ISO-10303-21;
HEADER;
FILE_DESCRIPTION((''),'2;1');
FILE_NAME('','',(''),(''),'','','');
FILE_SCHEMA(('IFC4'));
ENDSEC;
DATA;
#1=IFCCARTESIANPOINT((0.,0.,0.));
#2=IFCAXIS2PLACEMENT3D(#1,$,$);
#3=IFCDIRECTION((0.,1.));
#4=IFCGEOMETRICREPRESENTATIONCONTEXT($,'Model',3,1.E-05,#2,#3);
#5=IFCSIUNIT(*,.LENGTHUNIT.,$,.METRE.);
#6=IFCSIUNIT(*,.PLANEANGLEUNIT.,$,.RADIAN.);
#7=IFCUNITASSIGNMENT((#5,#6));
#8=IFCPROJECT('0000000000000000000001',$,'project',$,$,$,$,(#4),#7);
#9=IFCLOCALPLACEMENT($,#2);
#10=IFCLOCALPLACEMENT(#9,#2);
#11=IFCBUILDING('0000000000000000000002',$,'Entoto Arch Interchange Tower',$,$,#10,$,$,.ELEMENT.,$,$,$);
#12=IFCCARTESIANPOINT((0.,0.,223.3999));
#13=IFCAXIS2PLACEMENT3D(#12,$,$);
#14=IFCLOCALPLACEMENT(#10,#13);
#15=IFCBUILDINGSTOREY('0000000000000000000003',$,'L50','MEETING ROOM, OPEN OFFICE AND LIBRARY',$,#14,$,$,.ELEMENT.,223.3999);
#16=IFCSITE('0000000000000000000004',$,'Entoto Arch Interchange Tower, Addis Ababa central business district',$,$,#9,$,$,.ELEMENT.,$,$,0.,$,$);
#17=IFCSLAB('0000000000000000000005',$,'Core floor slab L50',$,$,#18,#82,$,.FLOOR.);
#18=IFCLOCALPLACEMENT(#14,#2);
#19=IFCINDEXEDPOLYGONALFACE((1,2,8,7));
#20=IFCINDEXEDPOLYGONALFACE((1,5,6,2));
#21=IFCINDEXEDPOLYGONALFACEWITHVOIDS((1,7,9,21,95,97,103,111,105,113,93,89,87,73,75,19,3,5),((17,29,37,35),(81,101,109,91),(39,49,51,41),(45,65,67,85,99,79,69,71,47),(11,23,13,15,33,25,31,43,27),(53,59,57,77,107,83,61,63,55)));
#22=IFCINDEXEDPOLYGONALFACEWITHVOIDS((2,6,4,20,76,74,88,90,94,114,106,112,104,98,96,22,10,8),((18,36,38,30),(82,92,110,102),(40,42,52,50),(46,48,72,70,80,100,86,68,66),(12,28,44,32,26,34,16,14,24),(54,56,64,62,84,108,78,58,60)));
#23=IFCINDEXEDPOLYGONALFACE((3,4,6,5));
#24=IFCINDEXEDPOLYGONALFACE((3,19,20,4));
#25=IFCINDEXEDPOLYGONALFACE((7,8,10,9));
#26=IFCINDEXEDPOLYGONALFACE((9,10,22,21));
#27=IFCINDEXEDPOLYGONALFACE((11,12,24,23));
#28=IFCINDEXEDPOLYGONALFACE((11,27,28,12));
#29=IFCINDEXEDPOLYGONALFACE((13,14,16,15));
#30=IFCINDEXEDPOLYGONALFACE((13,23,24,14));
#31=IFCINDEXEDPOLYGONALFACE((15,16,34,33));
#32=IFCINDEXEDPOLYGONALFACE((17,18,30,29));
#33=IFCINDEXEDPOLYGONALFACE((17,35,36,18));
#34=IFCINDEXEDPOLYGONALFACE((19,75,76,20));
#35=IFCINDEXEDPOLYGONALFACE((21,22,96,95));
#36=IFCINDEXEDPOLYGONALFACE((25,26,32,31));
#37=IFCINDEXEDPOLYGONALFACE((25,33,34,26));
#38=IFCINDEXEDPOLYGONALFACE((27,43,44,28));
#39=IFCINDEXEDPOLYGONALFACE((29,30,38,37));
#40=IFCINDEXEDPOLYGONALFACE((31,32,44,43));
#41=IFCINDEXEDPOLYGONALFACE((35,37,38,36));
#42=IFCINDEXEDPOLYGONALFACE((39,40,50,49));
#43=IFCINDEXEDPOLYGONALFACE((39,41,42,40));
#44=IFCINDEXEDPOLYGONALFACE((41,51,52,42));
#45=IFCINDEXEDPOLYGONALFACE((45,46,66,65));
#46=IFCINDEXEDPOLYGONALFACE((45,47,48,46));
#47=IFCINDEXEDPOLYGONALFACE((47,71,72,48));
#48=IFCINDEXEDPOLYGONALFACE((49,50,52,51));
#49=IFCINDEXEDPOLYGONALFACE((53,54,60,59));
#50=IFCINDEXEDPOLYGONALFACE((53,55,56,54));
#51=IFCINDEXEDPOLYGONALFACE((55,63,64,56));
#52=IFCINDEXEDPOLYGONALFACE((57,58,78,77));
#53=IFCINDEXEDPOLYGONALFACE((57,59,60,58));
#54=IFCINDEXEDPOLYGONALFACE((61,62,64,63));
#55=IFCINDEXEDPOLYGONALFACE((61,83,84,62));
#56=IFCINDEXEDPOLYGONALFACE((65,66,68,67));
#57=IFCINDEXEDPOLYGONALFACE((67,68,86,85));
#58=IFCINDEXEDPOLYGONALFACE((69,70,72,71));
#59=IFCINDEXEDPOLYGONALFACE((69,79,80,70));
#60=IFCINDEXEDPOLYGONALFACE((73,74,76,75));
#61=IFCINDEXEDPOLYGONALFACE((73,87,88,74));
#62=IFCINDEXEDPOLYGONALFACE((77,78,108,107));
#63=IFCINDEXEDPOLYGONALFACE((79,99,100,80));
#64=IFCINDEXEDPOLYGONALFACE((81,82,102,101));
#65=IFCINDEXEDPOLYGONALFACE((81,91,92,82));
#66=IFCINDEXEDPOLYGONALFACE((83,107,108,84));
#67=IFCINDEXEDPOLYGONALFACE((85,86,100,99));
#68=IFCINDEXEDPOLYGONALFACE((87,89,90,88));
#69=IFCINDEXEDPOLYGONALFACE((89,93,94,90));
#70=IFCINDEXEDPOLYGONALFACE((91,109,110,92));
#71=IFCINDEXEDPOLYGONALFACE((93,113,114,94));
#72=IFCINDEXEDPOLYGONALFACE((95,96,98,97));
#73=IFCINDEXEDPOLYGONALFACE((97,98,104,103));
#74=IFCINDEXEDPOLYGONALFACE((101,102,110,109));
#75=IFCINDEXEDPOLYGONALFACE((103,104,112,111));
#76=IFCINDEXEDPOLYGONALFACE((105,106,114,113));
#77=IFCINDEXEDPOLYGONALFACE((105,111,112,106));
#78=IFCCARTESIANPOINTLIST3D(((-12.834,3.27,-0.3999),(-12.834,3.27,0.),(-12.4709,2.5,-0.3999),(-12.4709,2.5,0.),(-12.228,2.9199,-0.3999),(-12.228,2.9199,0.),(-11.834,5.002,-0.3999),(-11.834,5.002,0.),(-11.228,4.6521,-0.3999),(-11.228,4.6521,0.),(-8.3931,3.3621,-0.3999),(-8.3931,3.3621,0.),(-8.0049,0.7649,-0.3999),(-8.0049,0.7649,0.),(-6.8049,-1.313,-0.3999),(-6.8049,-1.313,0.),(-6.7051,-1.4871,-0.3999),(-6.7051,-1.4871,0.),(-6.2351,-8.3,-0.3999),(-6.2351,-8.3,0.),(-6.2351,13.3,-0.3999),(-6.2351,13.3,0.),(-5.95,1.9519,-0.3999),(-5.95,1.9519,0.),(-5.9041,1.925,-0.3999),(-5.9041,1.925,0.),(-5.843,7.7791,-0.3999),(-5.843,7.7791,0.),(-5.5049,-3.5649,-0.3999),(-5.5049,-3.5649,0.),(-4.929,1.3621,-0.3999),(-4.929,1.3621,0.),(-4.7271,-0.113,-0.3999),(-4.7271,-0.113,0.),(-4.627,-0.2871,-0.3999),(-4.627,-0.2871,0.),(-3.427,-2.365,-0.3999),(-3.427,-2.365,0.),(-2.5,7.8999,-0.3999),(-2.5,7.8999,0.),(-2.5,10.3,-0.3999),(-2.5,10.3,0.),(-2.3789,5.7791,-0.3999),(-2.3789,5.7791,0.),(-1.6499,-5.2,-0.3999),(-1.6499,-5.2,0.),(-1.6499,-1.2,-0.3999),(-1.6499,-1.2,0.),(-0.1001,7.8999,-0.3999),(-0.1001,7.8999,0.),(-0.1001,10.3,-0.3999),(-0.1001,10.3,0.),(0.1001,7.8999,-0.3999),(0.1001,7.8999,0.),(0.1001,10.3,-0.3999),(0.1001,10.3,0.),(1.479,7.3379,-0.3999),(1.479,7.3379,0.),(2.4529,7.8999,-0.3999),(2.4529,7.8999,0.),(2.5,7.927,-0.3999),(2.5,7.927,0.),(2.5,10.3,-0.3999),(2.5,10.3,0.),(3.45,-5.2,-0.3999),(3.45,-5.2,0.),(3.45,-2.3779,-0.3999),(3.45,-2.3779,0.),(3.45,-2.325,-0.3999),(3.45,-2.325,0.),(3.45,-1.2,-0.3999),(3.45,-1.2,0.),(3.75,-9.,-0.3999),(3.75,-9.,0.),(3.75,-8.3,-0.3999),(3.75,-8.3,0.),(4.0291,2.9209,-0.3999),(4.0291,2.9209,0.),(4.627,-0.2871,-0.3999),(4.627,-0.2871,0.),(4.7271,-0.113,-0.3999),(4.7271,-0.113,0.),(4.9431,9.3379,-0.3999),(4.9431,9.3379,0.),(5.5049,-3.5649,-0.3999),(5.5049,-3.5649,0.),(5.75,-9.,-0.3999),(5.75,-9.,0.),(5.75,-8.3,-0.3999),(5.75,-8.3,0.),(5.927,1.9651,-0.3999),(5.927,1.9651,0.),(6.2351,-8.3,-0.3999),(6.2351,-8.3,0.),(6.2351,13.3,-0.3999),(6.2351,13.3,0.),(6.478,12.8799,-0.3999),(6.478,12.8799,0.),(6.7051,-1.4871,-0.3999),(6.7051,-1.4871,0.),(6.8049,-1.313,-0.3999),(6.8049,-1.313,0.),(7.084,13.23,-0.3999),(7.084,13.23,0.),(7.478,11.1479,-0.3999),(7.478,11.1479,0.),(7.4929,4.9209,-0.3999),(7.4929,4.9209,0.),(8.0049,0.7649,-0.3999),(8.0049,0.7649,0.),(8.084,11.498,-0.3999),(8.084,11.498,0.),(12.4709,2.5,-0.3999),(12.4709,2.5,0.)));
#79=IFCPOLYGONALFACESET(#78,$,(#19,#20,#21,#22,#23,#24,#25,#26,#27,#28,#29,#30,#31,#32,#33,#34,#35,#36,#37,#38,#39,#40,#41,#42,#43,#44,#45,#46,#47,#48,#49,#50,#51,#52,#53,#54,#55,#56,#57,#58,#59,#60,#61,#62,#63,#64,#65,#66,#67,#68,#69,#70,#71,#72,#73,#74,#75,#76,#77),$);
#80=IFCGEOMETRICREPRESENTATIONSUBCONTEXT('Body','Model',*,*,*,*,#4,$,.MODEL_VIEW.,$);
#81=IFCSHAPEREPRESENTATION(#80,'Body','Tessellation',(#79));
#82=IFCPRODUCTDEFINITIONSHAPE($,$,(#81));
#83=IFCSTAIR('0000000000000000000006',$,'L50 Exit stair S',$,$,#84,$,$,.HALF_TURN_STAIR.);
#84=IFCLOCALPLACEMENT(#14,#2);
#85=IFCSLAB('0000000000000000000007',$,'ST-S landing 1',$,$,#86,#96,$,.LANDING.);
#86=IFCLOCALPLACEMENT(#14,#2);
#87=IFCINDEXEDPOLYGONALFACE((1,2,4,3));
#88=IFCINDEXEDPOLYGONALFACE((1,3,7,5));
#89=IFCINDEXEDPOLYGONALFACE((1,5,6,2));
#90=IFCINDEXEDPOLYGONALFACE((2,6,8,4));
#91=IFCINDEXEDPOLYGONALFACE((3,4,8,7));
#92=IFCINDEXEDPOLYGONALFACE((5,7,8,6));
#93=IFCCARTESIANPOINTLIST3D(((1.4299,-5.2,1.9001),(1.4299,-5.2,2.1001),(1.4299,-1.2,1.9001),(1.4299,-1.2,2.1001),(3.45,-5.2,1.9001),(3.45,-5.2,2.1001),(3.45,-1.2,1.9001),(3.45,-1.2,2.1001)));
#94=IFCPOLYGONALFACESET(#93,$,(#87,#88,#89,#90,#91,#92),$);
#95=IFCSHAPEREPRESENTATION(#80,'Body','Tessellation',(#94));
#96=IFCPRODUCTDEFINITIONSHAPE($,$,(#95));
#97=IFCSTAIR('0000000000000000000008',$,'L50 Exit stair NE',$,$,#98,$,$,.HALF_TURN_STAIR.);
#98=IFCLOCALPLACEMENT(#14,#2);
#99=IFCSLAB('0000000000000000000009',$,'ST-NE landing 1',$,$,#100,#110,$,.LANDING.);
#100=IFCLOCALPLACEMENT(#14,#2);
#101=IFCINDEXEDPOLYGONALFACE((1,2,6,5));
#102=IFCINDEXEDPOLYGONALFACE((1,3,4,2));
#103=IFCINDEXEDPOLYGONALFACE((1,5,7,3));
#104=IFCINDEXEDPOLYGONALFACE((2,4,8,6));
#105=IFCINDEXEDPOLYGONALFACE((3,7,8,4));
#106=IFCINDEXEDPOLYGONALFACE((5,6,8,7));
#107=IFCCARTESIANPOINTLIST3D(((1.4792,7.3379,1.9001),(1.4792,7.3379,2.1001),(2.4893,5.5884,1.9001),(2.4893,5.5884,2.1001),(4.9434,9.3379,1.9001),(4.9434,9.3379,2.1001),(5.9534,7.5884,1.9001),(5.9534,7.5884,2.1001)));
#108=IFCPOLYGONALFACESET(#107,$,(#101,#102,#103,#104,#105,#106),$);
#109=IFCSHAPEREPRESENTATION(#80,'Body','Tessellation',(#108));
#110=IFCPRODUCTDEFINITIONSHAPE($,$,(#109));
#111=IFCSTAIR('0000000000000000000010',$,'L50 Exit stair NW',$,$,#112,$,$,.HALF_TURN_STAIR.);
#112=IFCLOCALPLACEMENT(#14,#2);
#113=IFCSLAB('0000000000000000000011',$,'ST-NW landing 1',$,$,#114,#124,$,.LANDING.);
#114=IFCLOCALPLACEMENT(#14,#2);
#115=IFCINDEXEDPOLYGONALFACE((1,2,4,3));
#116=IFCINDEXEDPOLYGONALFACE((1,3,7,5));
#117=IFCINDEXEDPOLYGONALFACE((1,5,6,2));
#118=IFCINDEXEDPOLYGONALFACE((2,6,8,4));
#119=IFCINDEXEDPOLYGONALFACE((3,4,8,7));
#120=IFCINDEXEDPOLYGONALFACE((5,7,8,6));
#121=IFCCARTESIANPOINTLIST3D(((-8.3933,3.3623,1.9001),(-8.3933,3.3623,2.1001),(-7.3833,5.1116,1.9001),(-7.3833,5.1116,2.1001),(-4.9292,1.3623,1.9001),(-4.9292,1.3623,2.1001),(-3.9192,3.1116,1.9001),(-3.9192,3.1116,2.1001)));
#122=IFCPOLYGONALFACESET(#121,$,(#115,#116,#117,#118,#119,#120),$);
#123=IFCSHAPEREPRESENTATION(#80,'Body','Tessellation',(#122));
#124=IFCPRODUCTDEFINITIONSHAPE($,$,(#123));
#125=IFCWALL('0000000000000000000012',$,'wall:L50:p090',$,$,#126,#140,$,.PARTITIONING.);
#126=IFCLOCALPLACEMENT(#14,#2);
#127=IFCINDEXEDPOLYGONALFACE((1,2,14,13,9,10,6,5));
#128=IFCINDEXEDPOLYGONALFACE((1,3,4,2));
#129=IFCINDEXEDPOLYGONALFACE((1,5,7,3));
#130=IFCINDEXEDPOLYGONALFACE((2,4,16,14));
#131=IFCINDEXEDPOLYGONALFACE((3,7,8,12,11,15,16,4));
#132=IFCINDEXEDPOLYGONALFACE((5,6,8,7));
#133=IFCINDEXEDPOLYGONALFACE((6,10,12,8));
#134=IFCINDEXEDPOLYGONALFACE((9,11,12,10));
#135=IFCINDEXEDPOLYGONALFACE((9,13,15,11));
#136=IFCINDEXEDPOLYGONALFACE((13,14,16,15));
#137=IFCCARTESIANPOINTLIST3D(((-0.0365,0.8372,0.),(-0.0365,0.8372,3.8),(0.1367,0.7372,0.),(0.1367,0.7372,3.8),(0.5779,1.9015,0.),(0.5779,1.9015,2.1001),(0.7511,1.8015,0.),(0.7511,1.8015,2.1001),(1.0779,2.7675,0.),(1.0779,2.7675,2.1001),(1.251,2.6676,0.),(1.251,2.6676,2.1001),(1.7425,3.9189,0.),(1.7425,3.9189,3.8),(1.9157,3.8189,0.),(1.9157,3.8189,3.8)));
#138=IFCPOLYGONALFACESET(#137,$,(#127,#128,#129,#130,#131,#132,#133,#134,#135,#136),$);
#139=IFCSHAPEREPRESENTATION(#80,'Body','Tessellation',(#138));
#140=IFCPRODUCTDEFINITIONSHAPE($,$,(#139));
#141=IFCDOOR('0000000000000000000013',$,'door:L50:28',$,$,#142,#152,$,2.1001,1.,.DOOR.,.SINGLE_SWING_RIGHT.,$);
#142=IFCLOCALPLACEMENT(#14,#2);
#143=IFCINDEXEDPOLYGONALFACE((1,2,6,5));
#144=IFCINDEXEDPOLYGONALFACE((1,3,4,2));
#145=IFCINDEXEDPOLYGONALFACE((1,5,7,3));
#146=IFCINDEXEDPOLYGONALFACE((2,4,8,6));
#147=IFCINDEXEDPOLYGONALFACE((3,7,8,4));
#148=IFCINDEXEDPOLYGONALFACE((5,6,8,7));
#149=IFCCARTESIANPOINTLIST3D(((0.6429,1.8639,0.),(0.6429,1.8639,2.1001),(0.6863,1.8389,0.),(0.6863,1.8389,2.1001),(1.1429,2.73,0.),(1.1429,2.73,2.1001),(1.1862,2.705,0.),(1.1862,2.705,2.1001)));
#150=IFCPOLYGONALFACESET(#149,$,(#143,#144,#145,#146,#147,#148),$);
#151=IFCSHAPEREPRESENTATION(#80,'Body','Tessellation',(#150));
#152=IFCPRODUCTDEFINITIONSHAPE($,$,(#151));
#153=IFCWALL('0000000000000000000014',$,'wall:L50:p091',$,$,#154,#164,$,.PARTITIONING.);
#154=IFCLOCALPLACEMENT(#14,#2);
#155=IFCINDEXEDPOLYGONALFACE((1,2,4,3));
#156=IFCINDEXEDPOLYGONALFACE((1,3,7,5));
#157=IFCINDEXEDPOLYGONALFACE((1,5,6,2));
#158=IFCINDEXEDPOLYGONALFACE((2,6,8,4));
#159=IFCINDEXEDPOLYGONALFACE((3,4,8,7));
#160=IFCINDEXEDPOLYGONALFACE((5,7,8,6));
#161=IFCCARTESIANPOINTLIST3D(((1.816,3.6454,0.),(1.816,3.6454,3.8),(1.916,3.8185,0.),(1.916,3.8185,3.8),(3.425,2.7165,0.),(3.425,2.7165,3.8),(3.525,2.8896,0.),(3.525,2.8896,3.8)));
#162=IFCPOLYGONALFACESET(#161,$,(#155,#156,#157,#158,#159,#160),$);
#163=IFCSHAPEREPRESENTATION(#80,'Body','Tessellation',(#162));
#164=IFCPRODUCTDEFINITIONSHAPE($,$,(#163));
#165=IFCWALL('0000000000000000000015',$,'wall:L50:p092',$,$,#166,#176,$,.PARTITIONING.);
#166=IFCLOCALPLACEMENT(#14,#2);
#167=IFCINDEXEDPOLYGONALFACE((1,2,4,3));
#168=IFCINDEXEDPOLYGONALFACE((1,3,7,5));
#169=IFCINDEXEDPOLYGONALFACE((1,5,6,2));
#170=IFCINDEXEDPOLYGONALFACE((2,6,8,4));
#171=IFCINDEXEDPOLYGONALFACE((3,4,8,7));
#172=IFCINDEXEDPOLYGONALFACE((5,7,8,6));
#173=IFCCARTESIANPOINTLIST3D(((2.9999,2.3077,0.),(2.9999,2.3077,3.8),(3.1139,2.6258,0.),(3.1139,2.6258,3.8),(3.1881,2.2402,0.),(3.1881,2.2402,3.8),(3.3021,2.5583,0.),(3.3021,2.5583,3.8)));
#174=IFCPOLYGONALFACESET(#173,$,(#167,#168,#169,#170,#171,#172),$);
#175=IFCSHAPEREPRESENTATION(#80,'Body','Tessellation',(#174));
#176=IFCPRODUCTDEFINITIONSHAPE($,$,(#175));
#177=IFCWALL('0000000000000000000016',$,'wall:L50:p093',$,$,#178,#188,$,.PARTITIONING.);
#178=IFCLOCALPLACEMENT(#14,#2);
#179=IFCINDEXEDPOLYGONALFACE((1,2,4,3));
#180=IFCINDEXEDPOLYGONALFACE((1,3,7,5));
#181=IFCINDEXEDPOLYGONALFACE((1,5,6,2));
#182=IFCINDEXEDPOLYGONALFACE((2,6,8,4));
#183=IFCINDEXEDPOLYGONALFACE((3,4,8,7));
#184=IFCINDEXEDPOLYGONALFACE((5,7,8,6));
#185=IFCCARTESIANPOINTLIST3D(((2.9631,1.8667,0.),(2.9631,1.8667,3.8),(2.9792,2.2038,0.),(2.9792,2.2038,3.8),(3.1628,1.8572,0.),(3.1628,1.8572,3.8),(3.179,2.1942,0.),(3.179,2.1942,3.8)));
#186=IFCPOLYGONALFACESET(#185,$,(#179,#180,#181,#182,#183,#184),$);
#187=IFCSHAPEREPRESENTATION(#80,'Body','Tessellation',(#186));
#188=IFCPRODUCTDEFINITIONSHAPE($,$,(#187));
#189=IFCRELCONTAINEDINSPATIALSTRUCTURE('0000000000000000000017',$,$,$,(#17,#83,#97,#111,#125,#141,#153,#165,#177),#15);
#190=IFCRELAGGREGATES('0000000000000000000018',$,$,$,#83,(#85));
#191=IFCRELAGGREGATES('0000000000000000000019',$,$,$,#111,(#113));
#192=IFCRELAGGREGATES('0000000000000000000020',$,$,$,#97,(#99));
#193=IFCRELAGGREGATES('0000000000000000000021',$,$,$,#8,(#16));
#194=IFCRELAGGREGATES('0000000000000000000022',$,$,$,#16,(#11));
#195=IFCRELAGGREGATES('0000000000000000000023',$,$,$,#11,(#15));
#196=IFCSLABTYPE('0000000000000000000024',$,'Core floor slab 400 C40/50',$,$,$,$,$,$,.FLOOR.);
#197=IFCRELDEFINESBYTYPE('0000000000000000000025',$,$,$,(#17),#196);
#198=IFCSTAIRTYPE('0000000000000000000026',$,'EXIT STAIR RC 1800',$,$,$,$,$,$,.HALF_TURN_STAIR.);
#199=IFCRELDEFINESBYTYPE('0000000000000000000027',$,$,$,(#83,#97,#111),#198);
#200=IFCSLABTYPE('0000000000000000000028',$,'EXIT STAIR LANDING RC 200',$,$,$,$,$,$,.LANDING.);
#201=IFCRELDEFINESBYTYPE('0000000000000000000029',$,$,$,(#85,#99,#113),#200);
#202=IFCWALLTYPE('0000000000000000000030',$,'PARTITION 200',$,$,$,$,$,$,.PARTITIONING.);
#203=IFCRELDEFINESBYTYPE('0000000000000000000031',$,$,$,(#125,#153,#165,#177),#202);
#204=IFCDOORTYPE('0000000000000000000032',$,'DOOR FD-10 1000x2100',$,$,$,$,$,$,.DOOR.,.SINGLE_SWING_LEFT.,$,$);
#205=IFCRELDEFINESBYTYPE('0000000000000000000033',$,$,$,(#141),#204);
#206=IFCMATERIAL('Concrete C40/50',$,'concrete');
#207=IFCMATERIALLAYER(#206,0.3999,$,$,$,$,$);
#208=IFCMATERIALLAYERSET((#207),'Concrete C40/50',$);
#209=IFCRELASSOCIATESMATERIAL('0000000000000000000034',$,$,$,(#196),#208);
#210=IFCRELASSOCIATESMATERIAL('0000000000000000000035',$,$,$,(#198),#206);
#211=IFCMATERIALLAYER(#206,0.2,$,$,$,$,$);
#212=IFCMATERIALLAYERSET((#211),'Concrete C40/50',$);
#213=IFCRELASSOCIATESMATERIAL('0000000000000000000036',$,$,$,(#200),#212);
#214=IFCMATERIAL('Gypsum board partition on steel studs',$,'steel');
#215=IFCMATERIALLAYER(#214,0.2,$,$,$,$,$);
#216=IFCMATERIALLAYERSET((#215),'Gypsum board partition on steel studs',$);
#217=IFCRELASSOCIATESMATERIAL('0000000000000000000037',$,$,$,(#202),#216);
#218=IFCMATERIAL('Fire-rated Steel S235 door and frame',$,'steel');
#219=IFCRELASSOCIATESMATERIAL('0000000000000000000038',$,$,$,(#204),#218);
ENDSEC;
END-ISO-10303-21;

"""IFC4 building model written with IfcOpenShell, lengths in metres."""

from ifc_helpers import new_model, si_unit, direction, frame, frame_2d, origin, place, context, subcontext, project, spatial, polyline, rectangle, outline, extrude, material, layer, layer_set, type_object, element, fill, aggregate, save


model = new_model("IFC4")

# Units and contexts
model_context = context("Model", 3, precision=1e-05, world=origin(), true_north=direction((0.0, 1.0)))
body_context = subcontext(model_context, "Body", "Model", "MODEL_VIEW")
ifc_project = project(units=[si_unit("LENGTHUNIT", "METRE"), si_unit("PLANEANGLEUNIT", "RADIAN")], contexts=[model_context])

# Site, building, storey
site_placement = place(None, origin())
site = spatial("IfcSite", under=ifc_project, at=site_placement, Name="Entoto Arch Interchange Tower, Addis Ababa central business district", CompositionType="ELEMENT", RefElevation=0.0)
building_placement = place(site_placement, origin())
building = spatial("IfcBuilding", under=site, at=building_placement, Name="Entoto Arch Interchange Tower", CompositionType="ELEMENT")
storey_placement = place(building_placement, frame((0.0, 0.0, 223.3999)))
storey = spatial("IfcBuildingStorey", under=building, at=storey_placement, Name="L50", Description="MEETING ROOM, OPEN OFFICE AND LIBRARY", CompositionType="ELEMENT", Elevation=223.3999)

# Slab
ifc_material_1 = material(Name="Concrete C40/50", Category="concrete")
ifc_layer_1 = layer(ifc_material_1, 0.3999)
ifc_layer_set_1 = layer_set([ifc_layer_1], Name="Concrete C40/50")
slab_type_1 = type_object("IfcSlabType", Name="Core floor slab 400 C40/50", PredefinedType="FLOOR", material=ifc_layer_set_1)
slab_1_placement = place(storey_placement, frame((0.0, 0.0, -0.3999)))
element("IfcSlab", 1, at=slab_1_placement, inside=storey, type_object=slab_type_1, Name="Core floor slab L50", PredefinedType="FLOOR", context=body_context, shape_type="SweptSolid", body=[
    extrude(outline(polyline([(5.75, -9.0), (3.75, -9.0), (3.75, -8.3), (-6.2351, -8.3), (-12.4709, 2.5), (-12.228, 2.9199), (-12.834, 3.27), (-11.834, 5.002), (-11.228, 4.6521), (-6.2351, 13.3), (6.2351, 13.3), (6.478, 12.8799), (7.084, 13.23), (8.084, 11.498), (7.478, 11.1479), (12.4709, 2.5), (6.2351, -8.3), (5.75, -8.3), (5.75, -9.0)]), holes=[polyline([(-1.6499, -5.2), (3.45, -5.2), (3.45, -2.3779), (5.5049, -3.5649), (6.7051, -1.4871), (4.627, -0.2871), (3.45, -2.325), (3.45, -1.2), (-1.6499, -1.2), (-1.6499, -5.2)]), polyline([(-4.627, -0.2871), (-6.7051, -1.4871), (-5.5049, -3.5649), (-3.427, -2.365), (-4.627, -0.2871)]), polyline([(-5.9041, 1.925), (-4.929, 1.3621), (-2.3789, 5.7791), (-5.843, 7.7791), (-8.3931, 3.3621), (-5.95, 1.9519), (-8.0049, 0.7649), (-6.8049, -1.313), (-4.7271, -0.113), (-5.9041, 1.925)]), polyline([(4.7271, -0.113), (6.8049, -1.313), (8.0049, 0.7649), (5.927, 1.9651), (4.7271, -0.113)]), polyline([(2.5, 7.927), (2.5, 10.3), (0.1001, 10.3), (0.1001, 7.8999), (2.4529, 7.8999), (1.479, 7.3379), (4.0291, 2.9209), (7.4929, 4.9209), (4.9431, 9.3379), (2.5, 7.927)]), polyline([(-2.5, 7.8999), (-0.1001, 7.8999), (-0.1001, 10.3), (-2.5, 10.3), (-2.5, 7.8999)])]), origin(), (0.0, 0.0, 1.0), 0.3999),
])

# Stairs, slabs
stair_type = type_object("IfcStairType", Name="EXIT STAIR RC 1800", PredefinedType="HALF_TURN_STAIR", material=ifc_material_1)
stair_1_placement = place(storey_placement, origin())
stair_1 = element("IfcStair", 2, at=stair_1_placement, inside=storey, type_object=stair_type, Name="L50 Exit stair S", PredefinedType="HALF_TURN_STAIR")
ifc_layer_2 = layer(ifc_material_1, 0.2)
ifc_layer_set_2 = layer_set([ifc_layer_2], Name="Concrete C40/50")
slab_type_2 = type_object("IfcSlabType", Name="EXIT STAIR LANDING RC 200", PredefinedType="LANDING", material=ifc_layer_set_2)
slab_2_placement = place(storey_placement, frame((0.0, 0.0, 1.9001)))
slab_2 = element("IfcSlab", 3, at=slab_2_placement, type_object=slab_type_2, Name="ST-S landing 1", PredefinedType="LANDING", context=body_context, shape_type="SweptSolid", body=[
    extrude(outline(polyline([(1.4299, -5.2), (3.45, -5.2), (3.45, -1.2), (1.4299, -1.2), (1.4299, -5.2)])), origin(), (0.0, 0.0, 1.0), 0.2),
])
aggregate(stair_1, [slab_2])
stair_2_placement = place(storey_placement, origin())
stair_2 = element("IfcStair", 4, at=stair_2_placement, inside=storey, type_object=stair_type, Name="L50 Exit stair NE", PredefinedType="HALF_TURN_STAIR")
slab_3_placement = place(storey_placement, frame((0.0, 0.0, 1.9001)))
slab_3 = element("IfcSlab", 5, at=slab_3_placement, type_object=slab_type_2, Name="ST-NE landing 1", PredefinedType="LANDING", context=body_context, shape_type="SweptSolid", body=[
    extrude(outline(polyline([(5.9534, 7.5884), (4.9434, 9.3379), (1.4792, 7.3379), (2.4893, 5.5884), (5.9534, 7.5884)])), origin(), (0.0, 0.0, 1.0), 0.2),
])
stair_3_placement = place(storey_placement, origin())
stair_3 = element("IfcStair", 6, at=stair_3_placement, inside=storey, type_object=stair_type, Name="L50 Exit stair NW", PredefinedType="HALF_TURN_STAIR")
slab_4_placement = place(storey_placement, frame((0.0, 0.0, 1.9001)))
slab_4 = element("IfcSlab", 7, at=slab_4_placement, type_object=slab_type_2, Name="ST-NW landing 1", PredefinedType="LANDING", context=body_context, shape_type="SweptSolid", body=[
    extrude(outline(polyline([(-7.3833, 5.1116), (-8.3933, 3.3623), (-4.9292, 1.3623), (-3.9192, 3.1116), (-7.3833, 5.1116)])), origin(), (0.0, 0.0, 1.0), 0.2),
])
aggregate(stair_3, [slab_4])

# Wall, opening, door
ifc_material_2 = material(Name="Gypsum board partition on steel studs", Category="steel")
ifc_layer_3 = layer(ifc_material_2, 0.2)
ifc_layer_set_3 = layer_set([ifc_layer_3], Name="Gypsum board partition on steel studs")
wall_type_1 = type_object("IfcWallType", Name="PARTITION 200", PredefinedType="PARTITIONING", material=ifc_layer_set_3)
wall_1_placement = place(storey_placement, frame((0.05, 0.7871, 0.0), z_axis=(0.0, 0.0, 1.0), x_axis=(0.499954, 0.866052, 0.0)))
wall_1 = element("IfcWall", 8, at=wall_1_placement, inside=storey, type_object=wall_type_1, Name="wall:L50:p090", PredefinedType="PARTITIONING", context=body_context, shape_type="SweptSolid", body=[
    extrude(rectangle(XDim=3.5583, YDim=0.2, at=frame_2d((1.7793, 0.0))), origin(), (0.0, 0.0, 1.0), 3.8),
])
opening_placement = place(wall_1_placement, frame((1.229, 0.0, 0.0)))
opening = element("IfcOpeningElement", 9, at=opening_placement, cuts=wall_1, PredefinedType="OPENING", context=body_context, shape_type="SweptSolid", body=[
    extrude(rectangle(XDim=1.0, YDim=2.1001, at=frame_2d((0.5, 1.05))), frame((0.0, 0.1099, 0.0), z_axis=(0.0, -1.0, 0.0), x_axis=(1.0, 0.0, 0.0)), (0.0, 0.0, 1.0), 0.22),
])
ifc_material_3 = material(Name="Fire-rated Steel S235 door and frame", Category="steel")
door_type = type_object("IfcDoorType", Name="DOOR FD-10 1000x2100", OperationType="SINGLE_SWING_LEFT", PredefinedType="DOOR", material=ifc_material_3)
door_placement = place(opening_placement, origin())
door = element("IfcDoor", 10, at=door_placement, inside=storey, type_object=door_type, Name="door:L50:28", OperationType="SINGLE_SWING_RIGHT", OverallHeight=2.1001, OverallWidth=1.0, PredefinedType="DOOR", context=body_context, shape_type="SweptSolid", body=[
    extrude(rectangle(XDim=1.0, YDim=2.1001, at=frame_2d((0.5, 1.05))), frame((0.0, 0.0249, 0.0), z_axis=(0.0, -1.0, 0.0), x_axis=(1.0, 0.0, 0.0)), (0.0, 0.0, 1.0), 0.05),
])
fill(opening, door)

# Walls
wall_2_placement = place(storey_placement, frame((1.866, 3.7319, 0.0), z_axis=(0.0, 0.0, 1.0), x_axis=(0.866043, -0.499969, 0.0)))
element("IfcWall", 11, at=wall_2_placement, inside=storey, type_object=wall_type_1, Name="wall:L50:p091", PredefinedType="PARTITIONING", context=body_context, shape_type="SweptSolid", body=[
    extrude(rectangle(XDim=1.8579, YDim=0.2, at=frame_2d((0.929, 0.0))), origin(), (0.0, 0.0, 1.0), 3.8),
])
wall_3_placement = place(storey_placement, frame((3.208, 2.592, 0.0), z_axis=(0.0, 0.0, 1.0), x_axis=(-0.337389, -0.941365, 0.0)))
element("IfcWall", 12, at=wall_3_placement, inside=storey, type_object=wall_type_1, Name="wall:L50:p092", PredefinedType="PARTITIONING", context=body_context, shape_type="SweptSolid", body=[
    extrude(rectangle(XDim=0.3379, YDim=0.2, at=frame_2d((0.1689, 0.0))), origin(), (0.0, 0.0, 1.0), 3.8),
])
wall_4_placement = place(storey_placement, frame((3.0791, 2.199, 0.0), z_axis=(0.0, 0.0, 1.0), x_axis=(-0.047771, -0.998858, 0.0)))
element("IfcWall", 13, at=wall_4_placement, inside=storey, type_object=wall_type_1, Name="wall:L50:p093", PredefinedType="PARTITIONING", context=body_context, shape_type="SweptSolid", body=[
    extrude(rectangle(XDim=0.3374, YDim=0.2, at=frame_2d((0.1687, 0.0))), origin(), (0.0, 0.0, 1.0), 3.8),
])

aggregate(stair_2, [slab_3])

save(model, "model.ifc")
